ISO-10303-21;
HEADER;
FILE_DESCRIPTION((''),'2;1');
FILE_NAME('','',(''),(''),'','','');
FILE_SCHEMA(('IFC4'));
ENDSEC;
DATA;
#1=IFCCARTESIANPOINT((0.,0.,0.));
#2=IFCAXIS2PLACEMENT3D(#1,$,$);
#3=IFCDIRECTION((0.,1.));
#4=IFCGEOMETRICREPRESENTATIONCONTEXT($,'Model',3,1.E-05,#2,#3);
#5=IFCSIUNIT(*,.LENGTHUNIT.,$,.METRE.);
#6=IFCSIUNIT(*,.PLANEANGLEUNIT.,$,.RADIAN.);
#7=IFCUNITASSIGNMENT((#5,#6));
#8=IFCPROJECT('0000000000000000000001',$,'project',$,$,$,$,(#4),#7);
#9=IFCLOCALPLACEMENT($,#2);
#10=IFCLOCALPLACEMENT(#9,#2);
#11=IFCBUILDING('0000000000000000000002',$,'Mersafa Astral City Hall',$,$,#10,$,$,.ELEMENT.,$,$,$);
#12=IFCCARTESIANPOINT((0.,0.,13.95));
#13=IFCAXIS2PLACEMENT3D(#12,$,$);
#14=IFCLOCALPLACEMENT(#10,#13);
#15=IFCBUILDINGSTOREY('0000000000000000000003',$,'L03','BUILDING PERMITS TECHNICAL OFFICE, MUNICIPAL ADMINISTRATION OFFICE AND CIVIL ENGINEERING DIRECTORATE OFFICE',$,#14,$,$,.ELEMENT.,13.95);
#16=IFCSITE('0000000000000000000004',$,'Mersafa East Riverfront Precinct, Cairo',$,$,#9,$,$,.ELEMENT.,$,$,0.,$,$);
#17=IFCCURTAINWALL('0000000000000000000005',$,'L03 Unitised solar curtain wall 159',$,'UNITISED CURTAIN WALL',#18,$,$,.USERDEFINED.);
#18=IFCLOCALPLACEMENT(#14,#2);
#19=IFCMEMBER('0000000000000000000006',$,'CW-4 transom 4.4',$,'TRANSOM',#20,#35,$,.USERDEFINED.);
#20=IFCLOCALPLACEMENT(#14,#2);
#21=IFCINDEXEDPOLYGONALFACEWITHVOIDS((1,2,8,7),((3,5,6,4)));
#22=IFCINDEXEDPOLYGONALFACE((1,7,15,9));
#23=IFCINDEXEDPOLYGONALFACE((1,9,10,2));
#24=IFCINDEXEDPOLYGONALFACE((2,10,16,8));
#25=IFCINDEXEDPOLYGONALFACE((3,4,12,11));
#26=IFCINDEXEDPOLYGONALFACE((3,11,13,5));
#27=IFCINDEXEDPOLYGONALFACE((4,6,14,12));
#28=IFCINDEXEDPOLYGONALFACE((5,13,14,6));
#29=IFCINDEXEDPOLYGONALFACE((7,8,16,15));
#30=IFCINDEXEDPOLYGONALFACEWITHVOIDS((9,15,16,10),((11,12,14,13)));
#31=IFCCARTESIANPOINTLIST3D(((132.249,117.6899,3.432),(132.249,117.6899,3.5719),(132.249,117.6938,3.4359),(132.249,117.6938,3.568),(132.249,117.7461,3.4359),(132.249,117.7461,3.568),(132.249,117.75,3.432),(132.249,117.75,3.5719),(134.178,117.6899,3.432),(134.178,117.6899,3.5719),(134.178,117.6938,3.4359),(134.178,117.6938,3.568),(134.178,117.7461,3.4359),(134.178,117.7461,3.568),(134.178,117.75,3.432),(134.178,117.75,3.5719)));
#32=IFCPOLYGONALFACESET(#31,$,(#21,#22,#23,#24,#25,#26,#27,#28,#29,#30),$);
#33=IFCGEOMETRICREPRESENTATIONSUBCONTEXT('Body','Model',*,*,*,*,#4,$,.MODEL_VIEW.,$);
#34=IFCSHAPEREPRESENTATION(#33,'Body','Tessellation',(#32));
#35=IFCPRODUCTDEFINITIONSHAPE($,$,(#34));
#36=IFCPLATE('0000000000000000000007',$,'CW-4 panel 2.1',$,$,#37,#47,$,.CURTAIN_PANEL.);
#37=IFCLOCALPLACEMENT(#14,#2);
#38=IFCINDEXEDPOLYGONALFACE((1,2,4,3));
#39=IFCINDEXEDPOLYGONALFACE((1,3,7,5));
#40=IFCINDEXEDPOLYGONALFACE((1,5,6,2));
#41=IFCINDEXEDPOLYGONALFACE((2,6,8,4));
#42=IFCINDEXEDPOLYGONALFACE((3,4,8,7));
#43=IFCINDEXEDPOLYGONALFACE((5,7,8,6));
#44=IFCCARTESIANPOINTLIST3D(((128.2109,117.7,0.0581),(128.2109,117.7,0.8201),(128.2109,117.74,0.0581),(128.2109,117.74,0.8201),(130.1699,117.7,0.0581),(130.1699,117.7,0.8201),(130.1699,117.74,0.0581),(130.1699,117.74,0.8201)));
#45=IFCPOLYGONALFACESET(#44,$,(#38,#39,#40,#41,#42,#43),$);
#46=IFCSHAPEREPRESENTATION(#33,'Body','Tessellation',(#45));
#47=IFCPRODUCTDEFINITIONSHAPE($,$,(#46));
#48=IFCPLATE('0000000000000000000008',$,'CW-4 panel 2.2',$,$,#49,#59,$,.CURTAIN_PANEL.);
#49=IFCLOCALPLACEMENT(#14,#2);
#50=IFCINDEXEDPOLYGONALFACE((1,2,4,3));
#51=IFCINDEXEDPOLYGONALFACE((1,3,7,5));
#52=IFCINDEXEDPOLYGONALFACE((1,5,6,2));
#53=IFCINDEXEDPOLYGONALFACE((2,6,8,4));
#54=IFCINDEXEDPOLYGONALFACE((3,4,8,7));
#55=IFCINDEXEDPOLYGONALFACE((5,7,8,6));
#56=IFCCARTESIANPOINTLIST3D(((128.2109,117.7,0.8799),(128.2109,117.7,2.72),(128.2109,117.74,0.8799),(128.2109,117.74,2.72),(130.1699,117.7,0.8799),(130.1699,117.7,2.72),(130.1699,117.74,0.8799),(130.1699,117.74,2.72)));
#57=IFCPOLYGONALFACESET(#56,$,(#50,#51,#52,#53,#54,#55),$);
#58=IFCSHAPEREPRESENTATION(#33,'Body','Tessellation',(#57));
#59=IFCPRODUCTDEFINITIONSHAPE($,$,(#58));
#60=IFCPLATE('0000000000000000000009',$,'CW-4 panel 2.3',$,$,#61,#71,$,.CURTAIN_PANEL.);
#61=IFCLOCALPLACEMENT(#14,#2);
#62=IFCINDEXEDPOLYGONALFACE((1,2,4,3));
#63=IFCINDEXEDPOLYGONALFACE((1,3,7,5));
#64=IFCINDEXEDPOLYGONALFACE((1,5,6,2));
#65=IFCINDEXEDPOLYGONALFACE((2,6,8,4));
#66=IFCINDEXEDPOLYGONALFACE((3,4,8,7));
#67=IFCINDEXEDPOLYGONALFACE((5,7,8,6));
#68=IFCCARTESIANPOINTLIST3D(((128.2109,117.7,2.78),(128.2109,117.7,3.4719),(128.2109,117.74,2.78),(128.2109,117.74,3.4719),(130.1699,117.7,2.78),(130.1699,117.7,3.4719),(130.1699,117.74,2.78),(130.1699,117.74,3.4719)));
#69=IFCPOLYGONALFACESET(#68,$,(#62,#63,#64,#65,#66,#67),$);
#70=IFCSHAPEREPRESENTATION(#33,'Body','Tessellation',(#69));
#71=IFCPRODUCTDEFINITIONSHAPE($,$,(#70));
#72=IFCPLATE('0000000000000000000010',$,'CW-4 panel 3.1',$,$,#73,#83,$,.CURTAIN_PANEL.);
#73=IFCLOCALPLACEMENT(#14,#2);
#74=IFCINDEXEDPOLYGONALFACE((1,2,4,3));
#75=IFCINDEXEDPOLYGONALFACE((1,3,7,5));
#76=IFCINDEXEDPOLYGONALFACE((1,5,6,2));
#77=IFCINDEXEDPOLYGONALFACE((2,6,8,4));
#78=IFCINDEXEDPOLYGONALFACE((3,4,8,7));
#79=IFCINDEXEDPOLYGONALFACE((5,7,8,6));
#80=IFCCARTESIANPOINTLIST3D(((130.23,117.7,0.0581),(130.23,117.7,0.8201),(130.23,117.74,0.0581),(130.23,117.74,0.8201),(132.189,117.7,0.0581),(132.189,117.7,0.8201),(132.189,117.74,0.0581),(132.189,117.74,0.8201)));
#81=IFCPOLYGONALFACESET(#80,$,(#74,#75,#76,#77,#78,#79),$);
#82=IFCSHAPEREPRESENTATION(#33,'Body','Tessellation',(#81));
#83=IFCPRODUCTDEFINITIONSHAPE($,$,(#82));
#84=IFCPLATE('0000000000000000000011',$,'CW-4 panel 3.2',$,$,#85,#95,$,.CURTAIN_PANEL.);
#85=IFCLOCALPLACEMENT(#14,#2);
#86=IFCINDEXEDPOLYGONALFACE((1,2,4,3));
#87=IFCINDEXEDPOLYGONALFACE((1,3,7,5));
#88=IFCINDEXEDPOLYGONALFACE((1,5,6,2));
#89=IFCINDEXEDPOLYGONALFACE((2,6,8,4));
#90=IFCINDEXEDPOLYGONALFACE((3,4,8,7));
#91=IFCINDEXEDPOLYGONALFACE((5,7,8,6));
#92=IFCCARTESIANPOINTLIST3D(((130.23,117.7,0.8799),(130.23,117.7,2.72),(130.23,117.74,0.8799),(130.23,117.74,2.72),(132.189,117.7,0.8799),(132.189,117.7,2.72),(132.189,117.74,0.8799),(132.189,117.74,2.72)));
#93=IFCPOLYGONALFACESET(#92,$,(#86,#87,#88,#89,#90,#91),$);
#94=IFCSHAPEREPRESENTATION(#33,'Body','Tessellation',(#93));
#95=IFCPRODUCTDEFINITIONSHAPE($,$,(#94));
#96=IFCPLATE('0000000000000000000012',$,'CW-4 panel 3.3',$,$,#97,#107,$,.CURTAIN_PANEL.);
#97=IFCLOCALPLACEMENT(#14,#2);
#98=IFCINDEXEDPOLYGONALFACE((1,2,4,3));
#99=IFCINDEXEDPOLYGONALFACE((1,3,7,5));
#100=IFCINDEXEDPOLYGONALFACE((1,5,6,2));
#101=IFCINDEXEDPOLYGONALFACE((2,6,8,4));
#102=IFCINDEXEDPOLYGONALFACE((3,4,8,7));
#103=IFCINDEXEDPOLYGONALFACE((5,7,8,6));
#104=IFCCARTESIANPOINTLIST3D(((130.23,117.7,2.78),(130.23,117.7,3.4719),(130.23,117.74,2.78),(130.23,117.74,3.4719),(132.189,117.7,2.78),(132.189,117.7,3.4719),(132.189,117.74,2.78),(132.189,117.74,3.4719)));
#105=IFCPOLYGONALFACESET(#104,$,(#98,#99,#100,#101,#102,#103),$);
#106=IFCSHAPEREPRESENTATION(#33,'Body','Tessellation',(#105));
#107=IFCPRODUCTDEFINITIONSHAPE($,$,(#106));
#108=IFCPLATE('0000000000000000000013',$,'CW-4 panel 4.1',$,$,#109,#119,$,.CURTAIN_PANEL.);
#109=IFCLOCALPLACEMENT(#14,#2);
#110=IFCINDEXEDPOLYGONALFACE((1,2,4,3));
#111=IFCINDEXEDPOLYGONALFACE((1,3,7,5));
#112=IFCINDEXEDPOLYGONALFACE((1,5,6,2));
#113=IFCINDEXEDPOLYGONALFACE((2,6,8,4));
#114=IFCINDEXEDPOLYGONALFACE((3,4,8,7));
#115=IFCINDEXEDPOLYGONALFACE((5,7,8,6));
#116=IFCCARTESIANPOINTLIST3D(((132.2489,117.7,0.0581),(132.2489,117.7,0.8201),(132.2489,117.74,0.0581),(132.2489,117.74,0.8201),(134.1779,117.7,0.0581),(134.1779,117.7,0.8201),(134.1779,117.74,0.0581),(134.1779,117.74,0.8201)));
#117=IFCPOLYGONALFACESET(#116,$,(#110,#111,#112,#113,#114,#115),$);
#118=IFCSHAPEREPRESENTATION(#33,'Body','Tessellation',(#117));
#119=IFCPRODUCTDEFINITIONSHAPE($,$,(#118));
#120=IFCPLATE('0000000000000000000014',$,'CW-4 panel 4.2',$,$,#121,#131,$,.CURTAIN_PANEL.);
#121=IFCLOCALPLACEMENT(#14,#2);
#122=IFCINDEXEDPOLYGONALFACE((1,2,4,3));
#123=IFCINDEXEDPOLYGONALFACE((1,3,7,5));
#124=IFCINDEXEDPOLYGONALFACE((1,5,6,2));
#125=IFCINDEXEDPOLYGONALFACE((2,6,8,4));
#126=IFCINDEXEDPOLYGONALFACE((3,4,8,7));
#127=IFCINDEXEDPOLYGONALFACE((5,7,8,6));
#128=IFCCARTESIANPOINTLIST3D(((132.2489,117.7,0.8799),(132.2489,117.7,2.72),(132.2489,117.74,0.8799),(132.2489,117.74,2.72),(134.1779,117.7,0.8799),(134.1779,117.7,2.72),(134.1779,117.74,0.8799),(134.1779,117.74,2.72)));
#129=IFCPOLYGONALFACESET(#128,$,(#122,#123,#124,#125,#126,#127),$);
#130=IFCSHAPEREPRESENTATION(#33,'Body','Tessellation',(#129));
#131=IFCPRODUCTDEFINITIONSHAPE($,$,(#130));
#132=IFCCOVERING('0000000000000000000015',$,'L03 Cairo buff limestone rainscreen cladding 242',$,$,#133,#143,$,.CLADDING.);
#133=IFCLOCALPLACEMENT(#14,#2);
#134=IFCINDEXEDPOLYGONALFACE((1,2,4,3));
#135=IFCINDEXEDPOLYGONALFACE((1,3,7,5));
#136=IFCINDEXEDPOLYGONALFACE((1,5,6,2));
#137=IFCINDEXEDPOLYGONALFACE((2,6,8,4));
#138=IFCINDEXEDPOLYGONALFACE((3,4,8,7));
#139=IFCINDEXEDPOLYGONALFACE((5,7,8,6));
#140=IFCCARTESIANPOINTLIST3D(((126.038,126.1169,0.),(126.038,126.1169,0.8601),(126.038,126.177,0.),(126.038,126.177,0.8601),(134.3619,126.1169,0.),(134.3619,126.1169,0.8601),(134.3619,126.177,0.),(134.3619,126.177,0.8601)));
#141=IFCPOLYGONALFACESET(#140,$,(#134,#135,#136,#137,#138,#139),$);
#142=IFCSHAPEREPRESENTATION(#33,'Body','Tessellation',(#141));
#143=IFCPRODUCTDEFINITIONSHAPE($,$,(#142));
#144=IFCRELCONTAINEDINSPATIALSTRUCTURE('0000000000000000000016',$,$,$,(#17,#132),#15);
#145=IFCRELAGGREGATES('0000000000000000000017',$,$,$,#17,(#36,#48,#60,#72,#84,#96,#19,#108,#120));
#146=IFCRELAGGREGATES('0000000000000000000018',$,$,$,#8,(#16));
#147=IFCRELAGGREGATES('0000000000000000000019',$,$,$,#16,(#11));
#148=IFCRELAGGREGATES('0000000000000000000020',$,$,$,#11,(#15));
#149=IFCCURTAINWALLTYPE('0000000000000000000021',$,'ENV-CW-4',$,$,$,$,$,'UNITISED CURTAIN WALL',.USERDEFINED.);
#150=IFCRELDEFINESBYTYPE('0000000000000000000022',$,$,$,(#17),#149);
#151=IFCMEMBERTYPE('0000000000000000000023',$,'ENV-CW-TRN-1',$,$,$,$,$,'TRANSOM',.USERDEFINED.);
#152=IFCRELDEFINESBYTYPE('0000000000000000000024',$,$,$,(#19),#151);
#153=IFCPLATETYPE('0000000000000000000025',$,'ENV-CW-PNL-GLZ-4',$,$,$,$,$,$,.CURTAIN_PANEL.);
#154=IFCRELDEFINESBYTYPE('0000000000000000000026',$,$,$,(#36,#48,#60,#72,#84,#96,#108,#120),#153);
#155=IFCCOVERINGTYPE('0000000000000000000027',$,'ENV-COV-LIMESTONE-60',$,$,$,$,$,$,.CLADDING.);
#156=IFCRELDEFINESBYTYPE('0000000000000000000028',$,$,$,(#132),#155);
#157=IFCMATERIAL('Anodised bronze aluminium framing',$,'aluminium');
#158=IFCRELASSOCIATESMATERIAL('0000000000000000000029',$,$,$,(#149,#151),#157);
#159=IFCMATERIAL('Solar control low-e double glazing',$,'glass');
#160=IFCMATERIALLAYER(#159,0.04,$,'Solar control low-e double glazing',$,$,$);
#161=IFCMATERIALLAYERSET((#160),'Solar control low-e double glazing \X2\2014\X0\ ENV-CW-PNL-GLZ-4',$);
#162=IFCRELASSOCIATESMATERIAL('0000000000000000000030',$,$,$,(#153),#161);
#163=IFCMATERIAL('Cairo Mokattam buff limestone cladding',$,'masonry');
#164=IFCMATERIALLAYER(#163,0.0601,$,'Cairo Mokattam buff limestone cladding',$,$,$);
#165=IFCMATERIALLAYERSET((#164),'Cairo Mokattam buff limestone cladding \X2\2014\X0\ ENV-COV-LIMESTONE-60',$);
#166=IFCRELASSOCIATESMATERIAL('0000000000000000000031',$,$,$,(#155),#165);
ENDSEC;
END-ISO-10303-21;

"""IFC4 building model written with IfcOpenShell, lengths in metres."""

from ifc_helpers import new_model, si_unit, direction, frame, origin, origin_2d, place, context, subcontext, project, spatial, rectangle, hollow_rectangle, extrude, material, layer, layer_set, material_profile, profile_set, type_object, element, aggregate, save


model = new_model("IFC4")

# Units and contexts
model_context = context("Model", 3, precision=1e-05, world=origin(), true_north=direction((0.0, 1.0)))
body_context = subcontext(model_context, "Body", "Model", "MODEL_VIEW")
ifc_project = project(units=[si_unit("LENGTHUNIT", "METRE"), si_unit("PLANEANGLEUNIT", "RADIAN")], contexts=[model_context])

# Site, building, storey
site_placement = place(None, origin())
site = spatial("IfcSite", under=ifc_project, at=site_placement, Name="Mersafa East Riverfront Precinct, Cairo", CompositionType="ELEMENT", RefElevation=0.0)
building_placement = place(site_placement, origin())
building = spatial("IfcBuilding", under=site, at=building_placement, Name="Mersafa Astral City Hall", CompositionType="ELEMENT")
storey_placement = place(building_placement, frame((0.0, 0.0, 13.95)))
storey = spatial("IfcBuildingStorey", under=building, at=storey_placement, Name="L03", Description="BUILDING PERMITS TECHNICAL OFFICE, MUNICIPAL ADMINISTRATION OFFICE AND CIVIL ENGINEERING DIRECTORATE OFFICE", CompositionType="ELEMENT", Elevation=13.95)

# Curtain wall, member, plates
ifc_material_1 = material(Name="Anodised bronze aluminium framing", Category="aluminium")
curtain_wall_type = type_object("IfcCurtainWallType", Name="ENV-CW-4", ElementType="UNITISED CURTAIN WALL", PredefinedType="USERDEFINED", material=ifc_material_1)
curtain_wall_placement = place(storey_placement, origin())
curtain_wall = element("IfcCurtainWall", 1, at=curtain_wall_placement, inside=storey, type_object=curtain_wall_type, Name="L03 Unitised solar curtain wall 159", ObjectType="UNITISED CURTAIN WALL", PredefinedType="USERDEFINED")
ifc_material_profile_1 = material_profile(ifc_material_1, hollow_rectangle(XDim=0.0601, YDim=0.1399, WallThickness=0.0039, at=origin_2d()), Name="RHS 60x140x4")
ifc_profile_set_1 = profile_set([ifc_material_profile_1], Name="Anodised bronze aluminium framing")
member_type_1 = type_object("IfcMemberType", Name="ENV-CW-TRN-1", ElementType="TRANSOM", PredefinedType="USERDEFINED", material=ifc_profile_set_1)
member_1_placement = place(storey_placement, frame((132.249, 117.72, 3.502), z_axis=(1.0, 0.0, 0.0), x_axis=(0.0, 1.0, 0.0)))
member_1 = element("IfcMember", 2, at=member_1_placement, type_object=member_type_1, Name="CW-4 transom 4.4", ObjectType="TRANSOM", PredefinedType="USERDEFINED", context=body_context, shape_type="SweptSolid", body=[
    extrude(hollow_rectangle(XDim=0.0601, YDim=0.1399, WallThickness=0.0039, at=origin_2d()), origin(), (0.0, 0.0, 1.0), 1.929),
])
ifc_material_2 = material(Name="Solar control low-e double glazing", Category="glass")
ifc_layer_1 = layer(ifc_material_2, 0.04, Name="Solar control low-e double glazing")
ifc_layer_set_1 = layer_set([ifc_layer_1], Name="Solar control low-e double glazing — ENV-CW-PNL-GLZ-4")
plate_type = type_object("IfcPlateType", Name="ENV-CW-PNL-GLZ-4", PredefinedType="CURTAIN_PANEL", material=ifc_layer_set_1)
plate_1_placement = place(storey_placement, frame((129.1904, 117.72, 0.0581), z_axis=(0.0, 0.0, 1.0), x_axis=(1.0, 0.0, 0.0)))
plate_1 = element("IfcPlate", 3, at=plate_1_placement, type_object=plate_type, Name="CW-4 panel 2.1", PredefinedType="CURTAIN_PANEL", context=body_context, shape_type="SweptSolid", body=[
    extrude(rectangle(XDim=1.959, YDim=0.04, at=origin_2d()), origin(), (0.0, 0.0, 1.0), 0.762),
])
plate_2_placement = place(storey_placement, frame((129.1904, 117.72, 0.8799), z_axis=(0.0, 0.0, 1.0), x_axis=(1.0, 0.0, 0.0)))
plate_2 = element("IfcPlate", 4, at=plate_2_placement, type_object=plate_type, Name="CW-4 panel 2.2", PredefinedType="CURTAIN_PANEL", context=body_context, shape_type="SweptSolid", body=[
    extrude(rectangle(XDim=1.959, YDim=0.04, at=origin_2d()), origin(), (0.0, 0.0, 1.0), 1.8401),
])
plate_3_placement = place(storey_placement, frame((129.1904, 117.72, 2.78), z_axis=(0.0, 0.0, 1.0), x_axis=(1.0, 0.0, 0.0)))
plate_3 = element("IfcPlate", 5, at=plate_3_placement, type_object=plate_type, Name="CW-4 panel 2.3", PredefinedType="CURTAIN_PANEL", context=body_context, shape_type="SweptSolid", body=[
    extrude(rectangle(XDim=1.959, YDim=0.04, at=origin_2d()), origin(), (0.0, 0.0, 1.0), 0.6919),
])
plate_4_placement = place(storey_placement, frame((131.2095, 117.72, 0.0581), z_axis=(0.0, 0.0, 1.0), x_axis=(1.0, 0.0, 0.0)))
plate_4 = element("IfcPlate", 6, at=plate_4_placement, type_object=plate_type, Name="CW-4 panel 3.1", PredefinedType="CURTAIN_PANEL", context=body_context, shape_type="SweptSolid", body=[
    extrude(rectangle(XDim=1.959, YDim=0.04, at=origin_2d()), origin(), (0.0, 0.0, 1.0), 0.762),
])
plate_5_placement = place(storey_placement, frame((131.2095, 117.72, 0.8799), z_axis=(0.0, 0.0, 1.0), x_axis=(1.0, 0.0, 0.0)))
plate_5 = element("IfcPlate", 7, at=plate_5_placement, type_object=plate_type, Name="CW-4 panel 3.2", PredefinedType="CURTAIN_PANEL", context=body_context, shape_type="SweptSolid", body=[
    extrude(rectangle(XDim=1.959, YDim=0.04, at=origin_2d()), origin(), (0.0, 0.0, 1.0), 1.8401),
])
plate_6_placement = place(storey_placement, frame((131.2095, 117.72, 2.78), z_axis=(0.0, 0.0, 1.0), x_axis=(1.0, 0.0, 0.0)))
plate_6 = element("IfcPlate", 8, at=plate_6_placement, type_object=plate_type, Name="CW-4 panel 3.3", PredefinedType="CURTAIN_PANEL", context=body_context, shape_type="SweptSolid", body=[
    extrude(rectangle(XDim=1.959, YDim=0.04, at=origin_2d()), origin(), (0.0, 0.0, 1.0), 0.6919),
])
plate_7_placement = place(storey_placement, frame((133.2134, 117.72, 0.0581), z_axis=(0.0, 0.0, 1.0), x_axis=(1.0, 0.0, 0.0)))
plate_7 = element("IfcPlate", 9, at=plate_7_placement, type_object=plate_type, Name="CW-4 panel 4.1", PredefinedType="CURTAIN_PANEL", context=body_context, shape_type="SweptSolid", body=[
    extrude(rectangle(XDim=1.929, YDim=0.04, at=origin_2d()), origin(), (0.0, 0.0, 1.0), 0.762),
])
plate_8_placement = place(storey_placement, frame((133.2134, 117.72, 0.8799), z_axis=(0.0, 0.0, 1.0), x_axis=(1.0, 0.0, 0.0)))
plate_8 = element("IfcPlate", 10, at=plate_8_placement, type_object=plate_type, Name="CW-4 panel 4.2", PredefinedType="CURTAIN_PANEL", context=body_context, shape_type="SweptSolid", body=[
    extrude(rectangle(XDim=1.929, YDim=0.04, at=origin_2d()), origin(), (0.0, 0.0, 1.0), 1.8401),
])
aggregate(curtain_wall, [plate_1, plate_2, plate_3, plate_4, plate_5, plate_6, member_1, plate_7, plate_8])

# Covering
ifc_material_3 = material(Name="Cairo Mokattam buff limestone cladding", Category="masonry")
ifc_layer_2 = layer(ifc_material_3, 0.0601, Name="Cairo Mokattam buff limestone cladding")
ifc_layer_set_2 = layer_set([ifc_layer_2], Name="Cairo Mokattam buff limestone cladding — ENV-COV-LIMESTONE-60")
covering_type = type_object("IfcCoveringType", Name="ENV-COV-LIMESTONE-60", PredefinedType="CLADDING", material=ifc_layer_set_2)
covering_placement = place(storey_placement, frame((130.2, 126.147, 0.0), z_axis=(0.0, 0.0, 1.0), x_axis=(-1.0, 0.0, 0.0)))
element("IfcCovering", 11, at=covering_placement, inside=storey, type_object=covering_type, Name="L03 Cairo buff limestone rainscreen cladding 242", PredefinedType="CLADDING", context=body_context, shape_type="SweptSolid", body=[
    extrude(rectangle(XDim=8.324, YDim=0.0601, at=origin_2d()), origin(), (0.0, 0.0, 1.0), 0.8601),
])

save(model, "model.ifc")
